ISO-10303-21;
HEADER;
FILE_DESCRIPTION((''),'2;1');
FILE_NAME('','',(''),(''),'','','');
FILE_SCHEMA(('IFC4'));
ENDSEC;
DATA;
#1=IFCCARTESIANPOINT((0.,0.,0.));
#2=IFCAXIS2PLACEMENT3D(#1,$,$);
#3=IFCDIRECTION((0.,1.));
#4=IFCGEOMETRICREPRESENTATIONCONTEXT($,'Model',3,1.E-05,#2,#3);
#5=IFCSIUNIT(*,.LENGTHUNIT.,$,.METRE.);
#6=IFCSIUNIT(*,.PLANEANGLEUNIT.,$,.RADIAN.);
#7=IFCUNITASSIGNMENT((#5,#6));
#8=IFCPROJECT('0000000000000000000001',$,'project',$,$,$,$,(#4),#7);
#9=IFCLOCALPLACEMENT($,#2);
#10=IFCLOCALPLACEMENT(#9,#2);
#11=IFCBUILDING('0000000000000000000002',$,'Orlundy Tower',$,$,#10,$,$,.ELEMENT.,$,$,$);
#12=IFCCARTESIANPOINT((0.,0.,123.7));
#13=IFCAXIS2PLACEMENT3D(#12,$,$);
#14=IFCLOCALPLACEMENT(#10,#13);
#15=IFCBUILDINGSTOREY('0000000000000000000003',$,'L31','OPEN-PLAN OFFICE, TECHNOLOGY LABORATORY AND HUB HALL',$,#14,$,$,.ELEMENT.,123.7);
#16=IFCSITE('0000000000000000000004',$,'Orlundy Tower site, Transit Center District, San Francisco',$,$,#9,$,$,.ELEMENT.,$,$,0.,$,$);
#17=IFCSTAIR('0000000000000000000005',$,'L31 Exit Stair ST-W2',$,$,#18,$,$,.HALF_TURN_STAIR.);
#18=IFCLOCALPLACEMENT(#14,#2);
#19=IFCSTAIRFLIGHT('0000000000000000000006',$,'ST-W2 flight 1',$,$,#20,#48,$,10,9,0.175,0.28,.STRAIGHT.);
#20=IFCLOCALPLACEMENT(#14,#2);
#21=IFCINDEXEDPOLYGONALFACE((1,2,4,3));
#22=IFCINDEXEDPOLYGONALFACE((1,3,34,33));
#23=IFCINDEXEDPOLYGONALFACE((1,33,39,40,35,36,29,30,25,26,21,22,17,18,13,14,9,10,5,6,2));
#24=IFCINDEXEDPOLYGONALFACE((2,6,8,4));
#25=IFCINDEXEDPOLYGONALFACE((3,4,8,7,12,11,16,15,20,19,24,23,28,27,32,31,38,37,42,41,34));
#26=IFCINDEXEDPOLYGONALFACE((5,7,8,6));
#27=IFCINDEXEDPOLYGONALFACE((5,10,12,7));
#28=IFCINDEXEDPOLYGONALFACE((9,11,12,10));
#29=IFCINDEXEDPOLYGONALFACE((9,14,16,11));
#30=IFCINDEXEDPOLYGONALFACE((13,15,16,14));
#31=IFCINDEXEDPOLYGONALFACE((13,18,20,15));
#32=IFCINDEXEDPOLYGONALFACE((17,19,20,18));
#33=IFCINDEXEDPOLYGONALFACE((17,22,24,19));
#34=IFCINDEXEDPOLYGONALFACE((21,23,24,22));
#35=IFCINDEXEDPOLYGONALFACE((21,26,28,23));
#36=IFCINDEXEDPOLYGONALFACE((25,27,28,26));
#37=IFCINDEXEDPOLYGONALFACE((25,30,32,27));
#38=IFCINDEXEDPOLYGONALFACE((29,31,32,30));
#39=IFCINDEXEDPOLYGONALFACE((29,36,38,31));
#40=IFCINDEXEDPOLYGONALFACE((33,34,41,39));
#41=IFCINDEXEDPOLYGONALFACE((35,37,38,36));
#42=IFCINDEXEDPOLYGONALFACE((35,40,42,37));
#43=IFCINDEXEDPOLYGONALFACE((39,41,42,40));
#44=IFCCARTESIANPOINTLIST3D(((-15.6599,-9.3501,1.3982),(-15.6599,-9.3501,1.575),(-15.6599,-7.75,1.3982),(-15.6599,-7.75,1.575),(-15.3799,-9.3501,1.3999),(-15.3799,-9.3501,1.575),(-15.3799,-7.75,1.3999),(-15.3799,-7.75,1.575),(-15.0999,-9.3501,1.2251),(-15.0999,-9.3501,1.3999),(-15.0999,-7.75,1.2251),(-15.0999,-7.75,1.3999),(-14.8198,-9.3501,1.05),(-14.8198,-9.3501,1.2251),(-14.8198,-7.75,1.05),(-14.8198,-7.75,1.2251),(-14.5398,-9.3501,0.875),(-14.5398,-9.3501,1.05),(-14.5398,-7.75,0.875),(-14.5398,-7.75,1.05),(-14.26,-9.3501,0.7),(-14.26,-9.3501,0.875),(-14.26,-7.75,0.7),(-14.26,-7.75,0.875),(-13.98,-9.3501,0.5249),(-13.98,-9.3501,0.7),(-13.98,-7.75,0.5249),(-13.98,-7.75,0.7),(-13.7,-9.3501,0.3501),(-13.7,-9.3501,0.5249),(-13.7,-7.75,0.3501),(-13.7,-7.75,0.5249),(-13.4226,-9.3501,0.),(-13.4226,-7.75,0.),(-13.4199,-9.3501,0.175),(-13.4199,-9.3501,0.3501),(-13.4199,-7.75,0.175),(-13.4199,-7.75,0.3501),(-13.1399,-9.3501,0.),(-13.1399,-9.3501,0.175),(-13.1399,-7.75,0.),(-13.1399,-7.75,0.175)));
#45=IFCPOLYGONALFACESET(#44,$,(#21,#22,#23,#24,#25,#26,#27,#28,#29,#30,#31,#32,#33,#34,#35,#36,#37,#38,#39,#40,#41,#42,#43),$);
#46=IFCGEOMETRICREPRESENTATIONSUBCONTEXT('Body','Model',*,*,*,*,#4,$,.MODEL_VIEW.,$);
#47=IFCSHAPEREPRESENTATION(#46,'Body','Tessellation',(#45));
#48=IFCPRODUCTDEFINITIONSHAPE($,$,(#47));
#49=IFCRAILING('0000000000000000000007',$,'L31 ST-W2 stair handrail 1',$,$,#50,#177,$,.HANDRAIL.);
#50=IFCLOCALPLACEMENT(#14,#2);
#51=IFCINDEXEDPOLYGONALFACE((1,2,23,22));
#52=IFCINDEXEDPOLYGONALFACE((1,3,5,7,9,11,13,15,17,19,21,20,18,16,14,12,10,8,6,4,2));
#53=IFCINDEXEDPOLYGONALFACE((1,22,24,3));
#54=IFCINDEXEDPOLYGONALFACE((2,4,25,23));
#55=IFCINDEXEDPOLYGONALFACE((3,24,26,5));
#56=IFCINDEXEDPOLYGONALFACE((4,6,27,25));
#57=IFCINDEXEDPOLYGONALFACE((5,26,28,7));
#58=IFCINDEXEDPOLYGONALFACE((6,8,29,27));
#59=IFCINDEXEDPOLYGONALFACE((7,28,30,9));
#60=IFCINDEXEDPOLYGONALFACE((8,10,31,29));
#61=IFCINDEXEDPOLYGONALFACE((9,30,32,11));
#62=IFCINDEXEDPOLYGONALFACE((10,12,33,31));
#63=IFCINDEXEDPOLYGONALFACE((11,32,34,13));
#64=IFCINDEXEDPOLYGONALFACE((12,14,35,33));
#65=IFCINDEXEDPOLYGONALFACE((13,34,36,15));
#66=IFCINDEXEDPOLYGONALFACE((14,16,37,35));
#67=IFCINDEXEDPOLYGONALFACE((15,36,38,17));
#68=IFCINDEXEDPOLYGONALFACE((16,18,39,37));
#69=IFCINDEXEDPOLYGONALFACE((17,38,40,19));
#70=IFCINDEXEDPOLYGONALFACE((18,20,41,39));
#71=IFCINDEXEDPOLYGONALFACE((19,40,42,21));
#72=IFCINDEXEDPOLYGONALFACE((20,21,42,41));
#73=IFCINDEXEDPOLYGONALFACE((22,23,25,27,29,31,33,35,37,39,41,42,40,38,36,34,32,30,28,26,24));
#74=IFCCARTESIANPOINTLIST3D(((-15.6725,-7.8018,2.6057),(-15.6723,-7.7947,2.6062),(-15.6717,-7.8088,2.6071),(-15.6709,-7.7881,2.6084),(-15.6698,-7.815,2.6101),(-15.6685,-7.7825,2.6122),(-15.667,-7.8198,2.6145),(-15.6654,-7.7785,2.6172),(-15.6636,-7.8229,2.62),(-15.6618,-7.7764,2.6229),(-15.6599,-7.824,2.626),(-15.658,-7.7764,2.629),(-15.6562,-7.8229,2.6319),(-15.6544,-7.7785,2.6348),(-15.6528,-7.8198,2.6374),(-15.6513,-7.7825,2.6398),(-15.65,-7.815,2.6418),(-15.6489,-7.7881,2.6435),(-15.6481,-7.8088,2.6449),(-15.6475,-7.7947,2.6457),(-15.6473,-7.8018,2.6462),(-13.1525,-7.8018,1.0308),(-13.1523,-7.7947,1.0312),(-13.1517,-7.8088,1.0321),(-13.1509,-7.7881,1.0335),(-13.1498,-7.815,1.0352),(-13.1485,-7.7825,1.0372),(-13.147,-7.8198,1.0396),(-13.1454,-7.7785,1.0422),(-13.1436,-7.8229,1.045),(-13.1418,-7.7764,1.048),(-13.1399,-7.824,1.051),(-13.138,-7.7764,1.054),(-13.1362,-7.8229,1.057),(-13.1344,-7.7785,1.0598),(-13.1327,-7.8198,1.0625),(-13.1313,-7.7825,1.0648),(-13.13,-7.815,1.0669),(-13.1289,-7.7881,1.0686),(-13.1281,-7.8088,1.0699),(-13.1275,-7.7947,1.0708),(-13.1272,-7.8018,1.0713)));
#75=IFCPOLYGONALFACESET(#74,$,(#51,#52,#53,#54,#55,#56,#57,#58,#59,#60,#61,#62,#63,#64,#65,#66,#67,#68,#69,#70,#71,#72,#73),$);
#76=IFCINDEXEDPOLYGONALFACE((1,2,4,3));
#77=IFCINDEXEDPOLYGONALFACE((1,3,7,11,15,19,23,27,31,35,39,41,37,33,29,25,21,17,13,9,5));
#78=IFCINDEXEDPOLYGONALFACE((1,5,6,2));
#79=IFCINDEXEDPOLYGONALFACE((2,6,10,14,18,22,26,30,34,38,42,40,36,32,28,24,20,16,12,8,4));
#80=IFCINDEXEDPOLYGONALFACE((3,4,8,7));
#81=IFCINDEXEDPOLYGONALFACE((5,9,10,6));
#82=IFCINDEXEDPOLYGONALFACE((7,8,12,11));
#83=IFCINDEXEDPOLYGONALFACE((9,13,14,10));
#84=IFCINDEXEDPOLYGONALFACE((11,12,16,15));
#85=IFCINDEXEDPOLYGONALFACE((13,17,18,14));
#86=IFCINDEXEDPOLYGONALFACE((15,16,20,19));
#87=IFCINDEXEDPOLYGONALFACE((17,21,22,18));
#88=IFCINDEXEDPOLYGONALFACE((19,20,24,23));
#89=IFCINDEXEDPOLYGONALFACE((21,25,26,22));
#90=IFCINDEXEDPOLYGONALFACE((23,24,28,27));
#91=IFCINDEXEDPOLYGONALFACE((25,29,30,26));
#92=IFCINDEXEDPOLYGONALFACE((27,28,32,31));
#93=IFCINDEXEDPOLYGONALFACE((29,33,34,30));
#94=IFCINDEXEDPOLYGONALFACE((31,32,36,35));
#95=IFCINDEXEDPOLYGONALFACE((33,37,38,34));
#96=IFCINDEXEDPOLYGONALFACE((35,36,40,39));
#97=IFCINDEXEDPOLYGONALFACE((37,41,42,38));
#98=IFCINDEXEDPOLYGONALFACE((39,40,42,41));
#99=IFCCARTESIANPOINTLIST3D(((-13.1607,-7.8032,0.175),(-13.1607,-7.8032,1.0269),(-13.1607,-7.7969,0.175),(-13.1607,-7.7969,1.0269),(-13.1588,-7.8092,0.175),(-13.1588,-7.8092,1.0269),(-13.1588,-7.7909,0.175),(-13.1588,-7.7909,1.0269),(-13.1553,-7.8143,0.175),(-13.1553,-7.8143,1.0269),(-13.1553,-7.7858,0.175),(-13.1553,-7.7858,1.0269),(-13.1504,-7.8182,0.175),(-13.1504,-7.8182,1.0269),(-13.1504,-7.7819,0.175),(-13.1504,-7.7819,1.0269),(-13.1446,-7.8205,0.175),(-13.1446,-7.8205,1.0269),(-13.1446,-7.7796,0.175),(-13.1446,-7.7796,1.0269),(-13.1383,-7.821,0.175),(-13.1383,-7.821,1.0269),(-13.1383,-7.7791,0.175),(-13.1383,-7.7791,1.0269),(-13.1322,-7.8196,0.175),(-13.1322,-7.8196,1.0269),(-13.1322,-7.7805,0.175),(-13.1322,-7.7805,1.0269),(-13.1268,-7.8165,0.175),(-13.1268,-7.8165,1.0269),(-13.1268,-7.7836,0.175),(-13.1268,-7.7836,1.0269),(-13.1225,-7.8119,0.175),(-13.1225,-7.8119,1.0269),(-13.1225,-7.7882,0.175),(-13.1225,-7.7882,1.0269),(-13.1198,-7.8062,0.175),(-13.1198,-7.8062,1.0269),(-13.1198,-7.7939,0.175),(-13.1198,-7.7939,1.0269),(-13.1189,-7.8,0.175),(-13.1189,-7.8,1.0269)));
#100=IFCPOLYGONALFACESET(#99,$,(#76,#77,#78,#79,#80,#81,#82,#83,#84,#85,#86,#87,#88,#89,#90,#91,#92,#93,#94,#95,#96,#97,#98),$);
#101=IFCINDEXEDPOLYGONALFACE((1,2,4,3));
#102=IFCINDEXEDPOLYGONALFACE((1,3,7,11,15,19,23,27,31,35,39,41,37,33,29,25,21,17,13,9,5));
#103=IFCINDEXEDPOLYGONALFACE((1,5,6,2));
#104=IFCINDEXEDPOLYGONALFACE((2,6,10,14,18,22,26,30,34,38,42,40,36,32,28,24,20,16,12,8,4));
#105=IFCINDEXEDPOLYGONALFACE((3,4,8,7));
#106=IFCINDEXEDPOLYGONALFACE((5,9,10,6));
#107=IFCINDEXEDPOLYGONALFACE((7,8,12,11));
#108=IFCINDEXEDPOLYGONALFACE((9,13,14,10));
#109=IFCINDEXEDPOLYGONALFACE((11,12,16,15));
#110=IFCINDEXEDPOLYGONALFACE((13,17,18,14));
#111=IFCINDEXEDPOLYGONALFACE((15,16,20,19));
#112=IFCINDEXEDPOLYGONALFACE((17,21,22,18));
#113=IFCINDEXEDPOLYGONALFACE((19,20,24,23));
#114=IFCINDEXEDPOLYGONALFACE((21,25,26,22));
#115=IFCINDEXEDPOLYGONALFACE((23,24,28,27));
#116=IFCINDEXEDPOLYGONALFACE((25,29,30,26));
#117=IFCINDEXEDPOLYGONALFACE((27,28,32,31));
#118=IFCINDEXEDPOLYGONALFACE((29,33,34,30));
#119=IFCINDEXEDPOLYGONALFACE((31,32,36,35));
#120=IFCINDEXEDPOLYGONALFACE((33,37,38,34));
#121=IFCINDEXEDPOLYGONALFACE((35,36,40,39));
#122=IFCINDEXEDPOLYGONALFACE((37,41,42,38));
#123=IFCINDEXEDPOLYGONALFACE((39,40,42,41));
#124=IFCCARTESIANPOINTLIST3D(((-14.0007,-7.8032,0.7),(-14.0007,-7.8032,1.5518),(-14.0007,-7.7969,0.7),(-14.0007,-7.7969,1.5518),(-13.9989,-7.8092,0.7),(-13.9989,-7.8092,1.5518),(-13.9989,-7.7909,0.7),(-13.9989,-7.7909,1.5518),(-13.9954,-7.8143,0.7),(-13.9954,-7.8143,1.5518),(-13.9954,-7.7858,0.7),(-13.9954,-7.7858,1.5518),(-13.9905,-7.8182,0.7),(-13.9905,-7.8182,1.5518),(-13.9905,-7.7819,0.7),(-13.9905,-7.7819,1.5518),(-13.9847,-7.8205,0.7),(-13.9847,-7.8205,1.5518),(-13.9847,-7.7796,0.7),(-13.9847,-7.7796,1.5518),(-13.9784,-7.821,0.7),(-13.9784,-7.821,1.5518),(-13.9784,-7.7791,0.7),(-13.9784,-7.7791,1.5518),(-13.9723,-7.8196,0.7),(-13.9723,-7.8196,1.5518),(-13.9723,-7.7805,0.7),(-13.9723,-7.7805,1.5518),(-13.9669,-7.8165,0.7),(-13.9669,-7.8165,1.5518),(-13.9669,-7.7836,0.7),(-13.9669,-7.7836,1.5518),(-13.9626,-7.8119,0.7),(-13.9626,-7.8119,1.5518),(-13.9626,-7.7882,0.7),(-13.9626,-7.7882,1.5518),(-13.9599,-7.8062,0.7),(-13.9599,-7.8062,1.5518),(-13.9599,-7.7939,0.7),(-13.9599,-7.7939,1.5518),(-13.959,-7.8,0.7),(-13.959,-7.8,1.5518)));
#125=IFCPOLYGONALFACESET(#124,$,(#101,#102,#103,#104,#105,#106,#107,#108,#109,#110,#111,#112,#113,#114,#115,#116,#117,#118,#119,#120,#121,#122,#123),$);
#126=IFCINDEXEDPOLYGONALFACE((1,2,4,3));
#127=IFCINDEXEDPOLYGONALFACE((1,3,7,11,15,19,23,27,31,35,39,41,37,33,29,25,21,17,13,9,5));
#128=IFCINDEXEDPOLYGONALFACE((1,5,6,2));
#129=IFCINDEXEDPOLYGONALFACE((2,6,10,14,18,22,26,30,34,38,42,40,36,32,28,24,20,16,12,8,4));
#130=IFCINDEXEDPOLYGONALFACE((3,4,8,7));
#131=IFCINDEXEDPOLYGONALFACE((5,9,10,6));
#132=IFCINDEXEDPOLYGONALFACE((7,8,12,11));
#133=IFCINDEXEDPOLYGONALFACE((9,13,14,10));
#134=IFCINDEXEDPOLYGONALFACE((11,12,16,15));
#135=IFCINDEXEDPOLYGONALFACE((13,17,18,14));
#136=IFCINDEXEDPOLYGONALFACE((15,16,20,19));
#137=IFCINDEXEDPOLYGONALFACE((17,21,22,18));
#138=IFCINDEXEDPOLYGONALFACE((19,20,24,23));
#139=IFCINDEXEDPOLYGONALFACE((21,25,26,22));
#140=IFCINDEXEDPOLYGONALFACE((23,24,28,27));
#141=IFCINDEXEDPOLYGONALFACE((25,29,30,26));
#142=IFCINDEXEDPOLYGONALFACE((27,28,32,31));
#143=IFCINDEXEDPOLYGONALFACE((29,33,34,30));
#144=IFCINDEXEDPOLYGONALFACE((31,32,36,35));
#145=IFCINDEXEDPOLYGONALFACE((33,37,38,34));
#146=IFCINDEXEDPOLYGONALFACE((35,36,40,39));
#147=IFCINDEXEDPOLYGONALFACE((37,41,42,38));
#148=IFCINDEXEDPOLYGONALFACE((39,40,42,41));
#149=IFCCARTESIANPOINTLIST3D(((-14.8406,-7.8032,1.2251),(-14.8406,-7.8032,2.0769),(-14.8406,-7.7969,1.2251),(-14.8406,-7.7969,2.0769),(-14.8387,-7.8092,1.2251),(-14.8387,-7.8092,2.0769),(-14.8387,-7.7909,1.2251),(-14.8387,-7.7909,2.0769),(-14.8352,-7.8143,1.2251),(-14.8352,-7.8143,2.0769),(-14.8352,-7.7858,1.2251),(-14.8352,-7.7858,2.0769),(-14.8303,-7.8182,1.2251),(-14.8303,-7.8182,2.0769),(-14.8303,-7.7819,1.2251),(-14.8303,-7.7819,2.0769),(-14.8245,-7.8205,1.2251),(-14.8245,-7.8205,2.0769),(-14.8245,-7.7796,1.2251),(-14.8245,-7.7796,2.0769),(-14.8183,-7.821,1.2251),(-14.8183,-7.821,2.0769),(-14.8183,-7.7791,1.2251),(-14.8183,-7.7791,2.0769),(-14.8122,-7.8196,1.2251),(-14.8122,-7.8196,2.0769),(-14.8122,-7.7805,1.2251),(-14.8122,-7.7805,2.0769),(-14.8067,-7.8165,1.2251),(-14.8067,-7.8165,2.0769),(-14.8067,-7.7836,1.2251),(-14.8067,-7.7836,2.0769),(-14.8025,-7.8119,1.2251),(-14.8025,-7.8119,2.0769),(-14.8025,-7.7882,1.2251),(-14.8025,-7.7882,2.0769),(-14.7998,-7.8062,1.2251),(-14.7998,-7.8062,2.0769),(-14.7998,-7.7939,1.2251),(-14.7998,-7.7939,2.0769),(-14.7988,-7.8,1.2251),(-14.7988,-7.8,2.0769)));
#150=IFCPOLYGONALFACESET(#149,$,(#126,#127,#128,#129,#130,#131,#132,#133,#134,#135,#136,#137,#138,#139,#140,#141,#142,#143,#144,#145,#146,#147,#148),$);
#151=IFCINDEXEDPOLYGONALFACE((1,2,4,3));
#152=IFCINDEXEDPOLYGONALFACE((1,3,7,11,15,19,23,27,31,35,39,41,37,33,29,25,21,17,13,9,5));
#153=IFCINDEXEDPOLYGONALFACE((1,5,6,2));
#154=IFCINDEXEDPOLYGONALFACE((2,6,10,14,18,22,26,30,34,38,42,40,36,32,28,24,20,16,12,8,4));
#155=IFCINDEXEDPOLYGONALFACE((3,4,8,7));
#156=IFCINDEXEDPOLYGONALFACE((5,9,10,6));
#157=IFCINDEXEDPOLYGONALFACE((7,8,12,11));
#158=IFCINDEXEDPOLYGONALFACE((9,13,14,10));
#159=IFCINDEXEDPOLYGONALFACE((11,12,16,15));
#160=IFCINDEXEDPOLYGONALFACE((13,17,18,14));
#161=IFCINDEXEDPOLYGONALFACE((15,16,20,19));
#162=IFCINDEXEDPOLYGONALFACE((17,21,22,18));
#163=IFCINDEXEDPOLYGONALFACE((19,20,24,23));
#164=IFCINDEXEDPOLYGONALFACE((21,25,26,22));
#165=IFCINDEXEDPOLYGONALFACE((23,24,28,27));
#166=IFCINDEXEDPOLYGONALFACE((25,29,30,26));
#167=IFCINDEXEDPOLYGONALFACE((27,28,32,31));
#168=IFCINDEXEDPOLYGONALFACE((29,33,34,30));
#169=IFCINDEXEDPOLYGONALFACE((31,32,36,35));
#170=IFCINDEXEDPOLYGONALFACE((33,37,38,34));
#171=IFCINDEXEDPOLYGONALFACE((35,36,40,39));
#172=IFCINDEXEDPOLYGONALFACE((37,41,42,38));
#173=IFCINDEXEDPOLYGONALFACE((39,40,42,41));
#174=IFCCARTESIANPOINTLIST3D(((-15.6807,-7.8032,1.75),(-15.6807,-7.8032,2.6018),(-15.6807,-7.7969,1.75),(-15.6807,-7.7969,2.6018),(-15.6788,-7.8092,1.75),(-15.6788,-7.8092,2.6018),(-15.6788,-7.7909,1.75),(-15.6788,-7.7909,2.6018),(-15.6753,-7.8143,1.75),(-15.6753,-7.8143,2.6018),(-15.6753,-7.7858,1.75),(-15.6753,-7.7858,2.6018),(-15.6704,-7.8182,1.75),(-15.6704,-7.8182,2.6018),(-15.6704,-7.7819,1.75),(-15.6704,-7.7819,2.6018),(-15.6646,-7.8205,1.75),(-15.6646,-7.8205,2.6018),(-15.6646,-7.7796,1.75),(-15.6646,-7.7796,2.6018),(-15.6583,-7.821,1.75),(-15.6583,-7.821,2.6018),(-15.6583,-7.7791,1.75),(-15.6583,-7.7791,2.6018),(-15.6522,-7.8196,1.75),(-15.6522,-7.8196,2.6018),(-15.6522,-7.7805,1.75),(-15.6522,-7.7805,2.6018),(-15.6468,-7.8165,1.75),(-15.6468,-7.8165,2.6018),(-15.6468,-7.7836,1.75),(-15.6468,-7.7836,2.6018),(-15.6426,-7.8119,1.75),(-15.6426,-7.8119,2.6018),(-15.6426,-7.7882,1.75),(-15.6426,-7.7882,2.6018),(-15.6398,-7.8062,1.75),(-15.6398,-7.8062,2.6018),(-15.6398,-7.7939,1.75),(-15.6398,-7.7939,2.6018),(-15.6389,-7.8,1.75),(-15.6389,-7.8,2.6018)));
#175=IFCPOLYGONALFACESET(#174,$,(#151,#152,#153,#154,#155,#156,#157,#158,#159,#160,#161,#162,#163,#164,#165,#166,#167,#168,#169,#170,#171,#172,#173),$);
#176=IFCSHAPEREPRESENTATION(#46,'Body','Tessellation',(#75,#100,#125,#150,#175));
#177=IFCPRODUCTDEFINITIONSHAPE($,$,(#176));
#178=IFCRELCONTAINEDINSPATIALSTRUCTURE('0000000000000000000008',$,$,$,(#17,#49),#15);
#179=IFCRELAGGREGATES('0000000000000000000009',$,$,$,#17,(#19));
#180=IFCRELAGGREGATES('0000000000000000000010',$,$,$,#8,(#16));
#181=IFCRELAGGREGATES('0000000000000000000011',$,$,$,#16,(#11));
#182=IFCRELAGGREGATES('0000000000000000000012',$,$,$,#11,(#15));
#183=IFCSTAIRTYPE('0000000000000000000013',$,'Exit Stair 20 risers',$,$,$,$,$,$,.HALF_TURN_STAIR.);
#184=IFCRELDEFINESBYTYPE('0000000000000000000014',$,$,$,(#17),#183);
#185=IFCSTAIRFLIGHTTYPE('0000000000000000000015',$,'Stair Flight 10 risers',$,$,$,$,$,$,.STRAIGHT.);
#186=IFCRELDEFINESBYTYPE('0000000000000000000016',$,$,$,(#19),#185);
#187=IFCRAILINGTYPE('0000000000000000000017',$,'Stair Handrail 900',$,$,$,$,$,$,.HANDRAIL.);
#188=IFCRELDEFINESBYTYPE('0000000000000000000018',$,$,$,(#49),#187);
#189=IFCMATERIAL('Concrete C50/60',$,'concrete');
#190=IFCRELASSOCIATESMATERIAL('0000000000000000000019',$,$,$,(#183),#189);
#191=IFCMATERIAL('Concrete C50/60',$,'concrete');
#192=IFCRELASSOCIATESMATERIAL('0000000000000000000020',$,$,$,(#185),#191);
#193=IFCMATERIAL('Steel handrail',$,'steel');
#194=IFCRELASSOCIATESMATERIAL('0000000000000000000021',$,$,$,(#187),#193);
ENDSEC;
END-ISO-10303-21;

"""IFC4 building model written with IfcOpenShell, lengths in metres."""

from ifc_helpers import new_model, si_unit, direction, frame, origin, origin_2d, place, context, subcontext, project, spatial, polyline, circle, outline, extrude, material, type_object, element, aggregate, save


model = new_model("IFC4")

# Units and contexts
model_context = context("Model", 3, precision=1e-05, world=origin(), true_north=direction((0.0, 1.0)))
body_context = subcontext(model_context, "Body", "Model", "MODEL_VIEW")
ifc_project = project(units=[si_unit("LENGTHUNIT", "METRE"), si_unit("PLANEANGLEUNIT", "RADIAN")], contexts=[model_context])

# Site, building, storey
site_placement = place(None, origin())
site = spatial("IfcSite", under=ifc_project, at=site_placement, Name="Orlundy Tower site, Transit Center District, San Francisco", CompositionType="ELEMENT", RefElevation=0.0)
building_placement = place(site_placement, origin())
building = spatial("IfcBuilding", under=site, at=building_placement, Name="Orlundy Tower", CompositionType="ELEMENT")
storey_placement = place(building_placement, frame((0.0, 0.0, 123.7)))
storey = spatial("IfcBuildingStorey", under=building, at=storey_placement, Name="L31", Description="OPEN-PLAN OFFICE, TECHNOLOGY LABORATORY AND HUB HALL", CompositionType="ELEMENT", Elevation=123.7)

# Stair, stair flight
ifc_material_1 = material(Name="Concrete C50/60", Category="concrete")
stair_type = type_object("IfcStairType", Name="Exit Stair 20 risers", PredefinedType="HALF_TURN_STAIR", material=ifc_material_1)
stair_placement = place(storey_placement, origin())
stair = element("IfcStair", 1, at=stair_placement, inside=storey, type_object=stair_type, Name="L31 Exit Stair ST-W2", PredefinedType="HALF_TURN_STAIR")
ifc_material_2 = material(Name="Concrete C50/60", Category="concrete")
stair_flight_type = type_object("IfcStairFlightType", Name="Stair Flight 10 risers", PredefinedType="STRAIGHT", material=ifc_material_2)
stair_flight_placement = place(storey_placement, frame((-13.1399, -8.55, 0.0), z_axis=(0.0, 0.0, 1.0), x_axis=(-1.0, 0.0, 0.0)))
stair_flight = element("IfcStairFlight", 2, at=stair_flight_placement, type_object=stair_flight_type, Name="ST-W2 flight 1", NumberOfRisers=10, NumberOfTreads=9, PredefinedType="STRAIGHT", RiserHeight=0.175, TreadLength=0.28, context=body_context, shape_type="SweptSolid", body=[
    extrude(outline(polyline([(0.0, 0.0), (0.0, 0.175), (0.28, 0.175), (0.28, 0.3501), (0.5601, 0.3501), (0.5601, 0.5249), (0.8401, 0.5249), (0.8401, 0.7), (1.1201, 0.7), (1.1201, 0.875), (1.3999, 0.875), (1.3999, 1.05), (1.6799, 1.05), (1.6799, 1.2251), (1.96, 1.2251), (1.96, 1.3999), (2.24, 1.3999), (2.24, 1.575), (2.52, 1.575), (2.52, 1.75), (2.52, 1.3982), (0.2827, 0.0), (0.0, 0.0)])), frame((0.0, 0.8, 0.0), z_axis=(0.0, -1.0, 0.0), x_axis=(1.0, 0.0, 0.0)), (0.0, 0.0, 1.0), 1.6001),
])
aggregate(stair, [stair_flight])

# Railing
ifc_material_3 = material(Name="Steel handrail", Category="steel")
railing_type_1 = type_object("IfcRailingType", Name="Stair Handrail 900", PredefinedType="HANDRAIL", material=ifc_material_3)
railing_1_placement = place(storey_placement, frame((-13.1399, -7.8, 0.175)))
element("IfcRailing", 3, at=railing_1_placement, inside=storey, type_object=railing_type_1, Name="L31 ST-W2 stair handrail 1", PredefinedType="HANDRAIL", context=body_context, shape_type="SweptSolid", body=[
    extrude(circle(Radius=0.0239, at=origin_2d()), frame((0.0, 0.0, 0.876), z_axis=(-0.848008, 0.0, 0.529984), x_axis=(0.0, -1.0, 0.0)), (0.0, 0.0, 1.0), 2.9717),
    extrude(circle(Radius=0.021, at=origin_2d()), origin(), (0.0, 0.0, 1.0), 0.8518),
    extrude(circle(Radius=0.021, at=origin_2d()), frame((-0.8401, 0.0, 0.5249)), (0.0, 0.0, 1.0), 0.8518),
    extrude(circle(Radius=0.021, at=origin_2d()), frame((-1.6799, 0.0, 1.05)), (0.0, 0.0, 1.0), 0.8518),
    extrude(circle(Radius=0.021, at=origin_2d()), frame((-2.52, 0.0, 1.575)), (0.0, 0.0, 1.0), 0.8518),
])

save(model, "model.ifc")
